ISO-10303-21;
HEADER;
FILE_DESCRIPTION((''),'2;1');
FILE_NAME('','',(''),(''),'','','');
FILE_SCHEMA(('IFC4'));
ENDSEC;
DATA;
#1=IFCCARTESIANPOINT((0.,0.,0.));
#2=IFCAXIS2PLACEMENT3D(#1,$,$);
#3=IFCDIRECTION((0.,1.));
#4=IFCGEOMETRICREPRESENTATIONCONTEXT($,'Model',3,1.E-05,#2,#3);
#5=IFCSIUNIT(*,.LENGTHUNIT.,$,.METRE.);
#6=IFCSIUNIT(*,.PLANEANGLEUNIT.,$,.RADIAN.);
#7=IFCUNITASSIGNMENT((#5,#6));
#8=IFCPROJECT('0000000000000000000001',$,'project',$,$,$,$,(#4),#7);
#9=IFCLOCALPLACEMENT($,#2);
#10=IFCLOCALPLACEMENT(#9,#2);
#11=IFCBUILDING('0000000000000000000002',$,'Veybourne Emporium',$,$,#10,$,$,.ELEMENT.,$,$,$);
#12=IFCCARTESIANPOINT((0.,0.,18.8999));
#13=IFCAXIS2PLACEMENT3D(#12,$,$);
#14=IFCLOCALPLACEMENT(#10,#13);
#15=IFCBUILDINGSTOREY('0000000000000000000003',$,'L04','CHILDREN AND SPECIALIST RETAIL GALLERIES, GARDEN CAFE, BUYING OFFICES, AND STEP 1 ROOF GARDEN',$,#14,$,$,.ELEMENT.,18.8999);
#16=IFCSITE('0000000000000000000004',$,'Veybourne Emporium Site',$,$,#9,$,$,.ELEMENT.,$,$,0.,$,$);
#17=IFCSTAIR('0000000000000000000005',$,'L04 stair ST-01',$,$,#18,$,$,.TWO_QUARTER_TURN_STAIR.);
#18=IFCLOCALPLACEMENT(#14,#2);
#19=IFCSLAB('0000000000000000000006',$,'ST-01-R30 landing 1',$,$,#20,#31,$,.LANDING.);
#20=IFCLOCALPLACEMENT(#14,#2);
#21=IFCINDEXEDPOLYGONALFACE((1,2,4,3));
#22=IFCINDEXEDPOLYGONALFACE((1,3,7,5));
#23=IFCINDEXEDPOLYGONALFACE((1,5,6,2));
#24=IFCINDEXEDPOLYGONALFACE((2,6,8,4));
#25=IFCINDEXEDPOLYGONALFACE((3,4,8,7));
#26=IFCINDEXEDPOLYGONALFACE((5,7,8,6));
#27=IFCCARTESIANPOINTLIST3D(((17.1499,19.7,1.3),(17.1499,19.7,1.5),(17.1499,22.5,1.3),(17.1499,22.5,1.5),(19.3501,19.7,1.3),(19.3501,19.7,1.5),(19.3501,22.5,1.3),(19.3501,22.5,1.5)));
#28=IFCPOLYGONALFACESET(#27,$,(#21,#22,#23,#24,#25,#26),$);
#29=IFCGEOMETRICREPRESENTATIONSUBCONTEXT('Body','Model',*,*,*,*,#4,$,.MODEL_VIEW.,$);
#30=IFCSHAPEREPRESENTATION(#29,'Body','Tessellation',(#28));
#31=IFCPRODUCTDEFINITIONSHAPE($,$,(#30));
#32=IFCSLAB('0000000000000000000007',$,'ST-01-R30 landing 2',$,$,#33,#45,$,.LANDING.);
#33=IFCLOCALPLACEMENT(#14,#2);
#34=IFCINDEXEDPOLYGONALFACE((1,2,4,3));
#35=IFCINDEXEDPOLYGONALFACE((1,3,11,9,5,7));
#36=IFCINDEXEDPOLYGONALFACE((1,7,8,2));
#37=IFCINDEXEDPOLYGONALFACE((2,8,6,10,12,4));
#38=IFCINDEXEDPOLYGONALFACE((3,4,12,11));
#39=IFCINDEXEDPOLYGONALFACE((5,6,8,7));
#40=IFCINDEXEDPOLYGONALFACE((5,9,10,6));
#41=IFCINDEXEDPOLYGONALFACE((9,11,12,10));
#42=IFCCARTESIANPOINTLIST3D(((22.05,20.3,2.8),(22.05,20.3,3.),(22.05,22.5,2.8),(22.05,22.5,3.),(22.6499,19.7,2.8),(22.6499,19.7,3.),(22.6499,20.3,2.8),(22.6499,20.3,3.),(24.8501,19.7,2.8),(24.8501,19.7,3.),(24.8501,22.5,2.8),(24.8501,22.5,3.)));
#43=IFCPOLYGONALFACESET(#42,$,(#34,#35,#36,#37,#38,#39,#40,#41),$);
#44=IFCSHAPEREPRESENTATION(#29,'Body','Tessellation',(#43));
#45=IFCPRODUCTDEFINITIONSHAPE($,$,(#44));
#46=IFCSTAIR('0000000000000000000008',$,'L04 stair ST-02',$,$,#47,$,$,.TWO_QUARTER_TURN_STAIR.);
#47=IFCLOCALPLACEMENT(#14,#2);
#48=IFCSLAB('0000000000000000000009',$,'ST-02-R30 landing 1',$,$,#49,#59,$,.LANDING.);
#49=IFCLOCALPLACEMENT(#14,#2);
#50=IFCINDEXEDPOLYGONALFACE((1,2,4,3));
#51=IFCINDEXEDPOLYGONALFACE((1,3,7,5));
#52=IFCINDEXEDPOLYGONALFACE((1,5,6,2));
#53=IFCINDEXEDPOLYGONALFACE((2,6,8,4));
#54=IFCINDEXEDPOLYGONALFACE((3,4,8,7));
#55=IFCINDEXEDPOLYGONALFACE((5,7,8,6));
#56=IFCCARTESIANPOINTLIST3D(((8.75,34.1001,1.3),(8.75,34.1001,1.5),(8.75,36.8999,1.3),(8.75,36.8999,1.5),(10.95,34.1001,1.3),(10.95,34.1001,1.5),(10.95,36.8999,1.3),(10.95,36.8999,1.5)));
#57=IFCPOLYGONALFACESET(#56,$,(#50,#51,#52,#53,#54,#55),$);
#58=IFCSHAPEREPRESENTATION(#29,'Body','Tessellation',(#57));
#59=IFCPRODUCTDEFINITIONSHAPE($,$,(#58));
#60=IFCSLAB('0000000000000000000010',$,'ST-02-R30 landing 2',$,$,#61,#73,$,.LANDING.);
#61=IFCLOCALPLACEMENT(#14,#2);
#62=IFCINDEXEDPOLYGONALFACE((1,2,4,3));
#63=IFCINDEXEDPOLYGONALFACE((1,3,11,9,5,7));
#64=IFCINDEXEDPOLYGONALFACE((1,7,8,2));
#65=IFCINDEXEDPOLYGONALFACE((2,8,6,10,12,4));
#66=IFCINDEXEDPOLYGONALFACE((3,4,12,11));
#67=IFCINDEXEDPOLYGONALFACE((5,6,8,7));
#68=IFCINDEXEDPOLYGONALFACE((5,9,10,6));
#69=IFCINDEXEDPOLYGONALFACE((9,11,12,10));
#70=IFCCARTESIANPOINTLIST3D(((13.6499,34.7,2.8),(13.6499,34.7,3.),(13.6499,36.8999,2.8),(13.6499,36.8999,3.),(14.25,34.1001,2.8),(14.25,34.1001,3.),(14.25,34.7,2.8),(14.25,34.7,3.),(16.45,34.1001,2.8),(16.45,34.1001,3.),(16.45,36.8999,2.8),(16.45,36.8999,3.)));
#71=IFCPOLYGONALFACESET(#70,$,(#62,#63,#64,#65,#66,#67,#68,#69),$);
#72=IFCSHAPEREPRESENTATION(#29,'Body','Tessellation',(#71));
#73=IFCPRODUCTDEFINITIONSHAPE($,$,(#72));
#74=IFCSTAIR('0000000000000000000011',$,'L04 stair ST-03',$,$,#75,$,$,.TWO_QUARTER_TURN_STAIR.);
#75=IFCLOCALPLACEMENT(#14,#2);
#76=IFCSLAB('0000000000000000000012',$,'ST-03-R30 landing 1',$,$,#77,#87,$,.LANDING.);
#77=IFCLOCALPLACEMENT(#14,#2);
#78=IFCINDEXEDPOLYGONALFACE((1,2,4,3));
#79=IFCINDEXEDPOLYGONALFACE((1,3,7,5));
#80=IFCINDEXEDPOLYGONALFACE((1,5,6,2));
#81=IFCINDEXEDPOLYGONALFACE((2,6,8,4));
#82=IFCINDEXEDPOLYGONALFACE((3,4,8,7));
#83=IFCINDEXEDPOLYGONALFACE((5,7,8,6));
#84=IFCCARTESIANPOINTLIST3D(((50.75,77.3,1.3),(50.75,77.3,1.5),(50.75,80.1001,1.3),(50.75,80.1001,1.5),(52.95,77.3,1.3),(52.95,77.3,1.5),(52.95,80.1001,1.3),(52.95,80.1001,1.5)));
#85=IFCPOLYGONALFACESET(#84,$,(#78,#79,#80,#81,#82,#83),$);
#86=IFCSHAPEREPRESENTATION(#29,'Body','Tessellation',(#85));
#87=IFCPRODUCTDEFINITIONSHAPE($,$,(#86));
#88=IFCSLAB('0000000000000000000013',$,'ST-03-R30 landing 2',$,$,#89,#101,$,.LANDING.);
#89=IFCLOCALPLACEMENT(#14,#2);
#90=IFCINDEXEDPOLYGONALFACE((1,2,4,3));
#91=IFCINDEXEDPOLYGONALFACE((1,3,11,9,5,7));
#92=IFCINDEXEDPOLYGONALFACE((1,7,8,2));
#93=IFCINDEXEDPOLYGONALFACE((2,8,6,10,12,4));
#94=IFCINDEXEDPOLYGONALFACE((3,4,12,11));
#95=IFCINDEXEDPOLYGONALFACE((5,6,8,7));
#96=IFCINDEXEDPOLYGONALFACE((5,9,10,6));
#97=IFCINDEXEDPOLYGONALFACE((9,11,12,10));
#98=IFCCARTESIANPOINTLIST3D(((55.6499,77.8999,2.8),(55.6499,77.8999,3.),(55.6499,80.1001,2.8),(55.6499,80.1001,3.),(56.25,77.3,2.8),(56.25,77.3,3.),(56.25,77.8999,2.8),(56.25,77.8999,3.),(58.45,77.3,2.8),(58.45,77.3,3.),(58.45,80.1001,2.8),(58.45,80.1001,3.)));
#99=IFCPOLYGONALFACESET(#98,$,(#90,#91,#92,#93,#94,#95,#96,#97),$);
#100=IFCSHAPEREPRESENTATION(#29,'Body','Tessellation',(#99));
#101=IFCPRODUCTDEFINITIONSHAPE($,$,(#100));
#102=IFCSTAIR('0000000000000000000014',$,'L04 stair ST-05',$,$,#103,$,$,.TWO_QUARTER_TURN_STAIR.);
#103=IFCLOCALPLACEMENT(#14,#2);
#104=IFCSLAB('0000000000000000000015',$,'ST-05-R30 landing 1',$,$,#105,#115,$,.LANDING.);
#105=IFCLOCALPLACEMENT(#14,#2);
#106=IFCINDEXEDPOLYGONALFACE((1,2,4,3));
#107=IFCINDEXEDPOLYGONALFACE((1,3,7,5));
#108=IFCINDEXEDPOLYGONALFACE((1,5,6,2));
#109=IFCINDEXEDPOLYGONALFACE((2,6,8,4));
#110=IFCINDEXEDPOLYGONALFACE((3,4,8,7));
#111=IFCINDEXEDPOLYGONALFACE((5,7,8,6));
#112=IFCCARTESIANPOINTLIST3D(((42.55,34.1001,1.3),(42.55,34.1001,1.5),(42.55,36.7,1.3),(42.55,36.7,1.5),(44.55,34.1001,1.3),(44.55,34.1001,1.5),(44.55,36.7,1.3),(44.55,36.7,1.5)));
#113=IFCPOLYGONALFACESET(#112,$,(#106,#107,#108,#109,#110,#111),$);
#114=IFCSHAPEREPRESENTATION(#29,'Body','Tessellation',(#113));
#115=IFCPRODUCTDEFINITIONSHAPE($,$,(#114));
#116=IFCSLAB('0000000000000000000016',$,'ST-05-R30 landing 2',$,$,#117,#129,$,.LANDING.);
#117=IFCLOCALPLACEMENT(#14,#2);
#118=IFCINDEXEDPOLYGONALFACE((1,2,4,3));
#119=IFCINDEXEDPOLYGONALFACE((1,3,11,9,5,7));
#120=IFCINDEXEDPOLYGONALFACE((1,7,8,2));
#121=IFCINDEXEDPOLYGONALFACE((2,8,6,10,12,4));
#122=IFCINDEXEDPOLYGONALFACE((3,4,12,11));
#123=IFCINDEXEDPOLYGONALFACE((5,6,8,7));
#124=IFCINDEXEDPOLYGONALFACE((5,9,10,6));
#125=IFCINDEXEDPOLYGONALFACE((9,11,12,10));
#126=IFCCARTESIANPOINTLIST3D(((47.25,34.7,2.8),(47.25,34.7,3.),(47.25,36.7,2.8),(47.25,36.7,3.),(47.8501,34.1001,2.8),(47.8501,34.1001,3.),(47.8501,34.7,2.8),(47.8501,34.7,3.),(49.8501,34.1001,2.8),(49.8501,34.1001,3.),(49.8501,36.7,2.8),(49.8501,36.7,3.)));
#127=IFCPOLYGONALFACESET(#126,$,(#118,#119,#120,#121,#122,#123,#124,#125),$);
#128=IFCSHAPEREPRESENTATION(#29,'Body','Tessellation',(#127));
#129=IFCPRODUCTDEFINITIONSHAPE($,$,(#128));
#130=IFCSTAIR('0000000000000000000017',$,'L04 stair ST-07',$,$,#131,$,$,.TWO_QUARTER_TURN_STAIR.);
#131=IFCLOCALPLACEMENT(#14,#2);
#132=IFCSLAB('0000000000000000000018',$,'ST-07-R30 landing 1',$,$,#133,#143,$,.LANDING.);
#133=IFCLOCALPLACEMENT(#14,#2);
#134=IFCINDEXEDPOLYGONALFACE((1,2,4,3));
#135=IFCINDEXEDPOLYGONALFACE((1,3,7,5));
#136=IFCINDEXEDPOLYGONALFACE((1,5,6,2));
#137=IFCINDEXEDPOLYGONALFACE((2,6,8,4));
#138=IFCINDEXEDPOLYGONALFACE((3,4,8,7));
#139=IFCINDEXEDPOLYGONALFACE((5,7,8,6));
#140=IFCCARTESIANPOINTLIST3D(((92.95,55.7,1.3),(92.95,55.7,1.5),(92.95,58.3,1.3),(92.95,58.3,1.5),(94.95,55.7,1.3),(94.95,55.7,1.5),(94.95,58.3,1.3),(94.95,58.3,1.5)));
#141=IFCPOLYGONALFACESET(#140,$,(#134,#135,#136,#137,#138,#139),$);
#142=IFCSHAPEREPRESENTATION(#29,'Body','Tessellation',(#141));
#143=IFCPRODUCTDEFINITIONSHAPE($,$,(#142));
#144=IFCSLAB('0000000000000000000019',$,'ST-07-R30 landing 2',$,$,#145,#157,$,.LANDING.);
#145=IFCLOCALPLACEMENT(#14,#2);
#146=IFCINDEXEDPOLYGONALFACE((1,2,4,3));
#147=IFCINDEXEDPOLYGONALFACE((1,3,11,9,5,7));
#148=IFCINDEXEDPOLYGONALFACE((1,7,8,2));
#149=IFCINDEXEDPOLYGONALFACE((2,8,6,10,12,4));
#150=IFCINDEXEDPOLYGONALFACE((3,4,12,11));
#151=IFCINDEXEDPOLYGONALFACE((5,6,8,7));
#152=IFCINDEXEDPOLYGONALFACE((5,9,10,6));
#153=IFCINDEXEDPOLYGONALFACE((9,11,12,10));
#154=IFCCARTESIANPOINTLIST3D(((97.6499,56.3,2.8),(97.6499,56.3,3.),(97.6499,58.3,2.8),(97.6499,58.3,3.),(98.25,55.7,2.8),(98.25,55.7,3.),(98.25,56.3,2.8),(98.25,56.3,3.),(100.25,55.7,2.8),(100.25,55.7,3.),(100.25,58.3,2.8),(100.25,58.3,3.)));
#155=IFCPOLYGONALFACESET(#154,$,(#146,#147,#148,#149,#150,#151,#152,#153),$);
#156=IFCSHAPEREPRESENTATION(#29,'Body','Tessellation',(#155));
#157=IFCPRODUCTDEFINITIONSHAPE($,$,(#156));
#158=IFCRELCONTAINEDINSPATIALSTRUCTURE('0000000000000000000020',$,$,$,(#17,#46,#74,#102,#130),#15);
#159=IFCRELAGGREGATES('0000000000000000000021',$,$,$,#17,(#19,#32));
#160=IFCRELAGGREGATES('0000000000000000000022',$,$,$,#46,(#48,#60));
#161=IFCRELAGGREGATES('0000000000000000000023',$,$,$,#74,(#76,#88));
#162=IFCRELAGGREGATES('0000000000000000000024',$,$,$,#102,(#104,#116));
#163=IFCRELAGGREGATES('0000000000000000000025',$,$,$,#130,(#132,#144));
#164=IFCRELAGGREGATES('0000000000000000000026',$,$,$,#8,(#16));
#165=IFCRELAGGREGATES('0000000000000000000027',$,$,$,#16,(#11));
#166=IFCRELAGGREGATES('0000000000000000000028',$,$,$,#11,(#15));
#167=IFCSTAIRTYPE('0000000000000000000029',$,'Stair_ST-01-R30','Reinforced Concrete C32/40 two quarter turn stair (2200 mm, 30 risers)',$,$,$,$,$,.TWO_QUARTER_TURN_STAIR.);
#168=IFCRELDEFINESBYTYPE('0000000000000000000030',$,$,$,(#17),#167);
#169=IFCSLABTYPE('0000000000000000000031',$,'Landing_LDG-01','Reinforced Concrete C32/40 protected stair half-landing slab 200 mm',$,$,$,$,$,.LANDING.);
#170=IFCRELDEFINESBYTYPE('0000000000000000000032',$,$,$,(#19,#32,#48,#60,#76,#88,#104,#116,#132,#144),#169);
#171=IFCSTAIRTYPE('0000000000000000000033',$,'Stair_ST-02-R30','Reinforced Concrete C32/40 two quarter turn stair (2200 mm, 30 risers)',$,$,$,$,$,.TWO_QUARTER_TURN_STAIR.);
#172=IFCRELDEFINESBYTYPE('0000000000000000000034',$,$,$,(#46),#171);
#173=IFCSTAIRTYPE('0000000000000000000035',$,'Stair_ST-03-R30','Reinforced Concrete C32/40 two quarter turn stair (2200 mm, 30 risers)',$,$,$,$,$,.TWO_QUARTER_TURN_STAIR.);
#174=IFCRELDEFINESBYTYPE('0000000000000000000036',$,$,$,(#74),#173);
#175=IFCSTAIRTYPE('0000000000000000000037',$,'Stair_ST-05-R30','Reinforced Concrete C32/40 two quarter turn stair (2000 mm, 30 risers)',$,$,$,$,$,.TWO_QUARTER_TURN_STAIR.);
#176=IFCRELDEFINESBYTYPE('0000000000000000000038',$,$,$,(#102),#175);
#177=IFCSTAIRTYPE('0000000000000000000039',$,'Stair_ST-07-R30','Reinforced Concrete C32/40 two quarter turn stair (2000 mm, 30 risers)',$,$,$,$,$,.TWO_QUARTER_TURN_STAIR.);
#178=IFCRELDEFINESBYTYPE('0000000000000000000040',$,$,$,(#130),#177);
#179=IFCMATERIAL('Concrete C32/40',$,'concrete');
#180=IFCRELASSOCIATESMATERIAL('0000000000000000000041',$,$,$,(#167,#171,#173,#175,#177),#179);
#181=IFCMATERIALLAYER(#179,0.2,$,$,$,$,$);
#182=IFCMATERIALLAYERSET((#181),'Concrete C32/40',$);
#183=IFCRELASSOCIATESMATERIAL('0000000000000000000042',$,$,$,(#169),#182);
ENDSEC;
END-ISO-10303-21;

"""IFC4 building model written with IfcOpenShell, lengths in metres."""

from ifc_helpers import new_model, si_unit, direction, frame, origin, place, context, subcontext, project, spatial, polyline, outline, extrude, material, layer, layer_set, type_object, element, aggregate, save


model = new_model("IFC4")

# Units and contexts
model_context = context("Model", 3, precision=1e-05, world=origin(), true_north=direction((0.0, 1.0)))
body_context = subcontext(model_context, "Body", "Model", "MODEL_VIEW")
ifc_project = project(units=[si_unit("LENGTHUNIT", "METRE"), si_unit("PLANEANGLEUNIT", "RADIAN")], contexts=[model_context])

# Site, building, storey
site_placement = place(None, origin())
site = spatial("IfcSite", under=ifc_project, at=site_placement, Name="Veybourne Emporium Site", CompositionType="ELEMENT", RefElevation=0.0)
building_placement = place(site_placement, origin())
building = spatial("IfcBuilding", under=site, at=building_placement, Name="Veybourne Emporium", CompositionType="ELEMENT")
storey_placement = place(building_placement, frame((0.0, 0.0, 18.8999)))
storey = spatial("IfcBuildingStorey", under=building, at=storey_placement, Name="L04", Description="CHILDREN AND SPECIALIST RETAIL GALLERIES, GARDEN CAFE, BUYING OFFICES, AND STEP 1 ROOF GARDEN", CompositionType="ELEMENT", Elevation=18.8999)

# Stairs, slabs
ifc_material_1 = material(Name="Concrete C32/40", Category="concrete")
stair_type_1 = type_object("IfcStairType", Name="Stair_ST-01-R30", Description="Reinforced Concrete C32/40 two quarter turn stair (2200 mm, 30 risers)", PredefinedType="TWO_QUARTER_TURN_STAIR", material=ifc_material_1)
stair_1_placement = place(storey_placement, origin())
stair_1 = element("IfcStair", 1, at=stair_1_placement, inside=storey, type_object=stair_type_1, Name="L04 stair ST-01", PredefinedType="TWO_QUARTER_TURN_STAIR")
ifc_layer_1 = layer(ifc_material_1, 0.2)
ifc_layer_set_1 = layer_set([ifc_layer_1], Name="Concrete C32/40")
slab_type_1 = type_object("IfcSlabType", Name="Landing_LDG-01", Description="Reinforced Concrete C32/40 protected stair half-landing slab 200 mm", PredefinedType="LANDING", material=ifc_layer_set_1)
slab_1_placement = place(storey_placement, frame((0.0, 0.0, 1.3)))
slab_1 = element("IfcSlab", 2, at=slab_1_placement, type_object=slab_type_1, Name="ST-01-R30 landing 1", PredefinedType="LANDING", context=body_context, shape_type="SweptSolid", body=[
    extrude(outline(polyline([(17.1499, 19.7), (19.3501, 19.7), (19.3501, 22.5), (17.1499, 22.5), (17.1499, 19.7)])), origin(), (0.0, 0.0, 1.0), 0.2),
])
slab_2_placement = place(storey_placement, frame((0.0, 0.0, 2.8)))
slab_2 = element("IfcSlab", 3, at=slab_2_placement, type_object=slab_type_1, Name="ST-01-R30 landing 2", PredefinedType="LANDING", context=body_context, shape_type="SweptSolid", body=[
    extrude(outline(polyline([(22.05, 20.3), (22.6499, 20.3), (22.6499, 19.7), (24.8501, 19.7), (24.8501, 22.5), (22.05, 22.5), (22.05, 20.3)])), origin(), (0.0, 0.0, 1.0), 0.2),
])
aggregate(stair_1, [slab_1, slab_2])
stair_type_2 = type_object("IfcStairType", Name="Stair_ST-02-R30", Description="Reinforced Concrete C32/40 two quarter turn stair (2200 mm, 30 risers)", PredefinedType="TWO_QUARTER_TURN_STAIR", material=ifc_material_1)
stair_2_placement = place(storey_placement, origin())
stair_2 = element("IfcStair", 4, at=stair_2_placement, inside=storey, type_object=stair_type_2, Name="L04 stair ST-02", PredefinedType="TWO_QUARTER_TURN_STAIR")
slab_3_placement = place(storey_placement, frame((0.0, 0.0, 1.3)))
slab_3 = element("IfcSlab", 5, at=slab_3_placement, type_object=slab_type_1, Name="ST-02-R30 landing 1", PredefinedType="LANDING", context=body_context, shape_type="SweptSolid", body=[
    extrude(outline(polyline([(8.75, 34.1001), (10.95, 34.1001), (10.95, 36.8999), (8.75, 36.8999), (8.75, 34.1001)])), origin(), (0.0, 0.0, 1.0), 0.2),
])
slab_4_placement = place(storey_placement, frame((0.0, 0.0, 2.8)))
slab_4 = element("IfcSlab", 6, at=slab_4_placement, type_object=slab_type_1, Name="ST-02-R30 landing 2", PredefinedType="LANDING", context=body_context, shape_type="SweptSolid", body=[
    extrude(outline(polyline([(13.6499, 34.7), (14.25, 34.7), (14.25, 34.1001), (16.45, 34.1001), (16.45, 36.8999), (13.6499, 36.8999), (13.6499, 34.7)])), origin(), (0.0, 0.0, 1.0), 0.2),
])
aggregate(stair_2, [slab_3, slab_4])
stair_type_3 = type_object("IfcStairType", Name="Stair_ST-03-R30", Description="Reinforced Concrete C32/40 two quarter turn stair (2200 mm, 30 risers)", PredefinedType="TWO_QUARTER_TURN_STAIR", material=ifc_material_1)
stair_3_placement = place(storey_placement, origin())
stair_3 = element("IfcStair", 7, at=stair_3_placement, inside=storey, type_object=stair_type_3, Name="L04 stair ST-03", PredefinedType="TWO_QUARTER_TURN_STAIR")
slab_5_placement = place(storey_placement, frame((0.0, 0.0, 1.3)))
slab_5 = element("IfcSlab", 8, at=slab_5_placement, type_object=slab_type_1, Name="ST-03-R30 landing 1", PredefinedType="LANDING", context=body_context, shape_type="SweptSolid", body=[
    extrude(outline(polyline([(50.75, 77.3), (52.95, 77.3), (52.95, 80.1001), (50.75, 80.1001), (50.75, 77.3)])), origin(), (0.0, 0.0, 1.0), 0.2),
])
slab_6_placement = place(storey_placement, frame((0.0, 0.0, 2.8)))
slab_6 = element("IfcSlab", 9, at=slab_6_placement, type_object=slab_type_1, Name="ST-03-R30 landing 2", PredefinedType="LANDING", context=body_context, shape_type="SweptSolid", body=[
    extrude(outline(polyline([(55.6499, 77.8999), (56.25, 77.8999), (56.25, 77.3), (58.45, 77.3), (58.45, 80.1001), (55.6499, 80.1001), (55.6499, 77.8999)])), origin(), (0.0, 0.0, 1.0), 0.2),
])
aggregate(stair_3, [slab_5, slab_6])
stair_type_4 = type_object("IfcStairType", Name="Stair_ST-05-R30", Description="Reinforced Concrete C32/40 two quarter turn stair (2000 mm, 30 risers)", PredefinedType="TWO_QUARTER_TURN_STAIR", material=ifc_material_1)
stair_4_placement = place(storey_placement, origin())
stair_4 = element("IfcStair", 10, at=stair_4_placement, inside=storey, type_object=stair_type_4, Name="L04 stair ST-05", PredefinedType="TWO_QUARTER_TURN_STAIR")
slab_7_placement = place(storey_placement, frame((0.0, 0.0, 1.3)))
slab_7 = element("IfcSlab", 11, at=slab_7_placement, type_object=slab_type_1, Name="ST-05-R30 landing 1", PredefinedType="LANDING", context=body_context, shape_type="SweptSolid", body=[
    extrude(outline(polyline([(42.55, 34.1001), (44.55, 34.1001), (44.55, 36.7), (42.55, 36.7), (42.55, 34.1001)])), origin(), (0.0, 0.0, 1.0), 0.2),
])
slab_8_placement = place(storey_placement, frame((0.0, 0.0, 2.8)))
slab_8 = element("IfcSlab", 12, at=slab_8_placement, type_object=slab_type_1, Name="ST-05-R30 landing 2", PredefinedType="LANDING", context=body_context, shape_type="SweptSolid", body=[
    extrude(outline(polyline([(47.25, 34.7), (47.8501, 34.7), (47.8501, 34.1001), (49.8501, 34.1001), (49.8501, 36.7), (47.25, 36.7), (47.25, 34.7)])), origin(), (0.0, 0.0, 1.0), 0.2),
])
aggregate(stair_4, [slab_7, slab_8])
stair_type_5 = type_object("IfcStairType", Name="Stair_ST-07-R30", Description="Reinforced Concrete C32/40 two quarter turn stair (2000 mm, 30 risers)", PredefinedType="TWO_QUARTER_TURN_STAIR", material=ifc_material_1)
stair_5_placement = place(storey_placement, origin())
stair_5 = element("IfcStair", 13, at=stair_5_placement, inside=storey, type_object=stair_type_5, Name="L04 stair ST-07", PredefinedType="TWO_QUARTER_TURN_STAIR")
slab_9_placement = place(storey_placement, frame((0.0, 0.0, 1.3)))
slab_9 = element("IfcSlab", 14, at=slab_9_placement, type_object=slab_type_1, Name="ST-07-R30 landing 1", PredefinedType="LANDING", context=body_context, shape_type="SweptSolid", body=[
    extrude(outline(polyline([(92.95, 55.7), (94.95, 55.7), (94.95, 58.3), (92.95, 58.3), (92.95, 55.7)])), origin(), (0.0, 0.0, 1.0), 0.2),
])
slab_10_placement = place(storey_placement, frame((0.0, 0.0, 2.8)))
slab_10 = element("IfcSlab", 15, at=slab_10_placement, type_object=slab_type_1, Name="ST-07-R30 landing 2", PredefinedType="LANDING", context=body_context, shape_type="SweptSolid", body=[
    extrude(outline(polyline([(97.6499, 56.3), (98.25, 56.3), (98.25, 55.7), (100.25, 55.7), (100.25, 58.3), (97.6499, 58.3), (97.6499, 56.3)])), origin(), (0.0, 0.0, 1.0), 0.2),
])
aggregate(stair_5, [slab_9, slab_10])

save(model, "model.ifc")
